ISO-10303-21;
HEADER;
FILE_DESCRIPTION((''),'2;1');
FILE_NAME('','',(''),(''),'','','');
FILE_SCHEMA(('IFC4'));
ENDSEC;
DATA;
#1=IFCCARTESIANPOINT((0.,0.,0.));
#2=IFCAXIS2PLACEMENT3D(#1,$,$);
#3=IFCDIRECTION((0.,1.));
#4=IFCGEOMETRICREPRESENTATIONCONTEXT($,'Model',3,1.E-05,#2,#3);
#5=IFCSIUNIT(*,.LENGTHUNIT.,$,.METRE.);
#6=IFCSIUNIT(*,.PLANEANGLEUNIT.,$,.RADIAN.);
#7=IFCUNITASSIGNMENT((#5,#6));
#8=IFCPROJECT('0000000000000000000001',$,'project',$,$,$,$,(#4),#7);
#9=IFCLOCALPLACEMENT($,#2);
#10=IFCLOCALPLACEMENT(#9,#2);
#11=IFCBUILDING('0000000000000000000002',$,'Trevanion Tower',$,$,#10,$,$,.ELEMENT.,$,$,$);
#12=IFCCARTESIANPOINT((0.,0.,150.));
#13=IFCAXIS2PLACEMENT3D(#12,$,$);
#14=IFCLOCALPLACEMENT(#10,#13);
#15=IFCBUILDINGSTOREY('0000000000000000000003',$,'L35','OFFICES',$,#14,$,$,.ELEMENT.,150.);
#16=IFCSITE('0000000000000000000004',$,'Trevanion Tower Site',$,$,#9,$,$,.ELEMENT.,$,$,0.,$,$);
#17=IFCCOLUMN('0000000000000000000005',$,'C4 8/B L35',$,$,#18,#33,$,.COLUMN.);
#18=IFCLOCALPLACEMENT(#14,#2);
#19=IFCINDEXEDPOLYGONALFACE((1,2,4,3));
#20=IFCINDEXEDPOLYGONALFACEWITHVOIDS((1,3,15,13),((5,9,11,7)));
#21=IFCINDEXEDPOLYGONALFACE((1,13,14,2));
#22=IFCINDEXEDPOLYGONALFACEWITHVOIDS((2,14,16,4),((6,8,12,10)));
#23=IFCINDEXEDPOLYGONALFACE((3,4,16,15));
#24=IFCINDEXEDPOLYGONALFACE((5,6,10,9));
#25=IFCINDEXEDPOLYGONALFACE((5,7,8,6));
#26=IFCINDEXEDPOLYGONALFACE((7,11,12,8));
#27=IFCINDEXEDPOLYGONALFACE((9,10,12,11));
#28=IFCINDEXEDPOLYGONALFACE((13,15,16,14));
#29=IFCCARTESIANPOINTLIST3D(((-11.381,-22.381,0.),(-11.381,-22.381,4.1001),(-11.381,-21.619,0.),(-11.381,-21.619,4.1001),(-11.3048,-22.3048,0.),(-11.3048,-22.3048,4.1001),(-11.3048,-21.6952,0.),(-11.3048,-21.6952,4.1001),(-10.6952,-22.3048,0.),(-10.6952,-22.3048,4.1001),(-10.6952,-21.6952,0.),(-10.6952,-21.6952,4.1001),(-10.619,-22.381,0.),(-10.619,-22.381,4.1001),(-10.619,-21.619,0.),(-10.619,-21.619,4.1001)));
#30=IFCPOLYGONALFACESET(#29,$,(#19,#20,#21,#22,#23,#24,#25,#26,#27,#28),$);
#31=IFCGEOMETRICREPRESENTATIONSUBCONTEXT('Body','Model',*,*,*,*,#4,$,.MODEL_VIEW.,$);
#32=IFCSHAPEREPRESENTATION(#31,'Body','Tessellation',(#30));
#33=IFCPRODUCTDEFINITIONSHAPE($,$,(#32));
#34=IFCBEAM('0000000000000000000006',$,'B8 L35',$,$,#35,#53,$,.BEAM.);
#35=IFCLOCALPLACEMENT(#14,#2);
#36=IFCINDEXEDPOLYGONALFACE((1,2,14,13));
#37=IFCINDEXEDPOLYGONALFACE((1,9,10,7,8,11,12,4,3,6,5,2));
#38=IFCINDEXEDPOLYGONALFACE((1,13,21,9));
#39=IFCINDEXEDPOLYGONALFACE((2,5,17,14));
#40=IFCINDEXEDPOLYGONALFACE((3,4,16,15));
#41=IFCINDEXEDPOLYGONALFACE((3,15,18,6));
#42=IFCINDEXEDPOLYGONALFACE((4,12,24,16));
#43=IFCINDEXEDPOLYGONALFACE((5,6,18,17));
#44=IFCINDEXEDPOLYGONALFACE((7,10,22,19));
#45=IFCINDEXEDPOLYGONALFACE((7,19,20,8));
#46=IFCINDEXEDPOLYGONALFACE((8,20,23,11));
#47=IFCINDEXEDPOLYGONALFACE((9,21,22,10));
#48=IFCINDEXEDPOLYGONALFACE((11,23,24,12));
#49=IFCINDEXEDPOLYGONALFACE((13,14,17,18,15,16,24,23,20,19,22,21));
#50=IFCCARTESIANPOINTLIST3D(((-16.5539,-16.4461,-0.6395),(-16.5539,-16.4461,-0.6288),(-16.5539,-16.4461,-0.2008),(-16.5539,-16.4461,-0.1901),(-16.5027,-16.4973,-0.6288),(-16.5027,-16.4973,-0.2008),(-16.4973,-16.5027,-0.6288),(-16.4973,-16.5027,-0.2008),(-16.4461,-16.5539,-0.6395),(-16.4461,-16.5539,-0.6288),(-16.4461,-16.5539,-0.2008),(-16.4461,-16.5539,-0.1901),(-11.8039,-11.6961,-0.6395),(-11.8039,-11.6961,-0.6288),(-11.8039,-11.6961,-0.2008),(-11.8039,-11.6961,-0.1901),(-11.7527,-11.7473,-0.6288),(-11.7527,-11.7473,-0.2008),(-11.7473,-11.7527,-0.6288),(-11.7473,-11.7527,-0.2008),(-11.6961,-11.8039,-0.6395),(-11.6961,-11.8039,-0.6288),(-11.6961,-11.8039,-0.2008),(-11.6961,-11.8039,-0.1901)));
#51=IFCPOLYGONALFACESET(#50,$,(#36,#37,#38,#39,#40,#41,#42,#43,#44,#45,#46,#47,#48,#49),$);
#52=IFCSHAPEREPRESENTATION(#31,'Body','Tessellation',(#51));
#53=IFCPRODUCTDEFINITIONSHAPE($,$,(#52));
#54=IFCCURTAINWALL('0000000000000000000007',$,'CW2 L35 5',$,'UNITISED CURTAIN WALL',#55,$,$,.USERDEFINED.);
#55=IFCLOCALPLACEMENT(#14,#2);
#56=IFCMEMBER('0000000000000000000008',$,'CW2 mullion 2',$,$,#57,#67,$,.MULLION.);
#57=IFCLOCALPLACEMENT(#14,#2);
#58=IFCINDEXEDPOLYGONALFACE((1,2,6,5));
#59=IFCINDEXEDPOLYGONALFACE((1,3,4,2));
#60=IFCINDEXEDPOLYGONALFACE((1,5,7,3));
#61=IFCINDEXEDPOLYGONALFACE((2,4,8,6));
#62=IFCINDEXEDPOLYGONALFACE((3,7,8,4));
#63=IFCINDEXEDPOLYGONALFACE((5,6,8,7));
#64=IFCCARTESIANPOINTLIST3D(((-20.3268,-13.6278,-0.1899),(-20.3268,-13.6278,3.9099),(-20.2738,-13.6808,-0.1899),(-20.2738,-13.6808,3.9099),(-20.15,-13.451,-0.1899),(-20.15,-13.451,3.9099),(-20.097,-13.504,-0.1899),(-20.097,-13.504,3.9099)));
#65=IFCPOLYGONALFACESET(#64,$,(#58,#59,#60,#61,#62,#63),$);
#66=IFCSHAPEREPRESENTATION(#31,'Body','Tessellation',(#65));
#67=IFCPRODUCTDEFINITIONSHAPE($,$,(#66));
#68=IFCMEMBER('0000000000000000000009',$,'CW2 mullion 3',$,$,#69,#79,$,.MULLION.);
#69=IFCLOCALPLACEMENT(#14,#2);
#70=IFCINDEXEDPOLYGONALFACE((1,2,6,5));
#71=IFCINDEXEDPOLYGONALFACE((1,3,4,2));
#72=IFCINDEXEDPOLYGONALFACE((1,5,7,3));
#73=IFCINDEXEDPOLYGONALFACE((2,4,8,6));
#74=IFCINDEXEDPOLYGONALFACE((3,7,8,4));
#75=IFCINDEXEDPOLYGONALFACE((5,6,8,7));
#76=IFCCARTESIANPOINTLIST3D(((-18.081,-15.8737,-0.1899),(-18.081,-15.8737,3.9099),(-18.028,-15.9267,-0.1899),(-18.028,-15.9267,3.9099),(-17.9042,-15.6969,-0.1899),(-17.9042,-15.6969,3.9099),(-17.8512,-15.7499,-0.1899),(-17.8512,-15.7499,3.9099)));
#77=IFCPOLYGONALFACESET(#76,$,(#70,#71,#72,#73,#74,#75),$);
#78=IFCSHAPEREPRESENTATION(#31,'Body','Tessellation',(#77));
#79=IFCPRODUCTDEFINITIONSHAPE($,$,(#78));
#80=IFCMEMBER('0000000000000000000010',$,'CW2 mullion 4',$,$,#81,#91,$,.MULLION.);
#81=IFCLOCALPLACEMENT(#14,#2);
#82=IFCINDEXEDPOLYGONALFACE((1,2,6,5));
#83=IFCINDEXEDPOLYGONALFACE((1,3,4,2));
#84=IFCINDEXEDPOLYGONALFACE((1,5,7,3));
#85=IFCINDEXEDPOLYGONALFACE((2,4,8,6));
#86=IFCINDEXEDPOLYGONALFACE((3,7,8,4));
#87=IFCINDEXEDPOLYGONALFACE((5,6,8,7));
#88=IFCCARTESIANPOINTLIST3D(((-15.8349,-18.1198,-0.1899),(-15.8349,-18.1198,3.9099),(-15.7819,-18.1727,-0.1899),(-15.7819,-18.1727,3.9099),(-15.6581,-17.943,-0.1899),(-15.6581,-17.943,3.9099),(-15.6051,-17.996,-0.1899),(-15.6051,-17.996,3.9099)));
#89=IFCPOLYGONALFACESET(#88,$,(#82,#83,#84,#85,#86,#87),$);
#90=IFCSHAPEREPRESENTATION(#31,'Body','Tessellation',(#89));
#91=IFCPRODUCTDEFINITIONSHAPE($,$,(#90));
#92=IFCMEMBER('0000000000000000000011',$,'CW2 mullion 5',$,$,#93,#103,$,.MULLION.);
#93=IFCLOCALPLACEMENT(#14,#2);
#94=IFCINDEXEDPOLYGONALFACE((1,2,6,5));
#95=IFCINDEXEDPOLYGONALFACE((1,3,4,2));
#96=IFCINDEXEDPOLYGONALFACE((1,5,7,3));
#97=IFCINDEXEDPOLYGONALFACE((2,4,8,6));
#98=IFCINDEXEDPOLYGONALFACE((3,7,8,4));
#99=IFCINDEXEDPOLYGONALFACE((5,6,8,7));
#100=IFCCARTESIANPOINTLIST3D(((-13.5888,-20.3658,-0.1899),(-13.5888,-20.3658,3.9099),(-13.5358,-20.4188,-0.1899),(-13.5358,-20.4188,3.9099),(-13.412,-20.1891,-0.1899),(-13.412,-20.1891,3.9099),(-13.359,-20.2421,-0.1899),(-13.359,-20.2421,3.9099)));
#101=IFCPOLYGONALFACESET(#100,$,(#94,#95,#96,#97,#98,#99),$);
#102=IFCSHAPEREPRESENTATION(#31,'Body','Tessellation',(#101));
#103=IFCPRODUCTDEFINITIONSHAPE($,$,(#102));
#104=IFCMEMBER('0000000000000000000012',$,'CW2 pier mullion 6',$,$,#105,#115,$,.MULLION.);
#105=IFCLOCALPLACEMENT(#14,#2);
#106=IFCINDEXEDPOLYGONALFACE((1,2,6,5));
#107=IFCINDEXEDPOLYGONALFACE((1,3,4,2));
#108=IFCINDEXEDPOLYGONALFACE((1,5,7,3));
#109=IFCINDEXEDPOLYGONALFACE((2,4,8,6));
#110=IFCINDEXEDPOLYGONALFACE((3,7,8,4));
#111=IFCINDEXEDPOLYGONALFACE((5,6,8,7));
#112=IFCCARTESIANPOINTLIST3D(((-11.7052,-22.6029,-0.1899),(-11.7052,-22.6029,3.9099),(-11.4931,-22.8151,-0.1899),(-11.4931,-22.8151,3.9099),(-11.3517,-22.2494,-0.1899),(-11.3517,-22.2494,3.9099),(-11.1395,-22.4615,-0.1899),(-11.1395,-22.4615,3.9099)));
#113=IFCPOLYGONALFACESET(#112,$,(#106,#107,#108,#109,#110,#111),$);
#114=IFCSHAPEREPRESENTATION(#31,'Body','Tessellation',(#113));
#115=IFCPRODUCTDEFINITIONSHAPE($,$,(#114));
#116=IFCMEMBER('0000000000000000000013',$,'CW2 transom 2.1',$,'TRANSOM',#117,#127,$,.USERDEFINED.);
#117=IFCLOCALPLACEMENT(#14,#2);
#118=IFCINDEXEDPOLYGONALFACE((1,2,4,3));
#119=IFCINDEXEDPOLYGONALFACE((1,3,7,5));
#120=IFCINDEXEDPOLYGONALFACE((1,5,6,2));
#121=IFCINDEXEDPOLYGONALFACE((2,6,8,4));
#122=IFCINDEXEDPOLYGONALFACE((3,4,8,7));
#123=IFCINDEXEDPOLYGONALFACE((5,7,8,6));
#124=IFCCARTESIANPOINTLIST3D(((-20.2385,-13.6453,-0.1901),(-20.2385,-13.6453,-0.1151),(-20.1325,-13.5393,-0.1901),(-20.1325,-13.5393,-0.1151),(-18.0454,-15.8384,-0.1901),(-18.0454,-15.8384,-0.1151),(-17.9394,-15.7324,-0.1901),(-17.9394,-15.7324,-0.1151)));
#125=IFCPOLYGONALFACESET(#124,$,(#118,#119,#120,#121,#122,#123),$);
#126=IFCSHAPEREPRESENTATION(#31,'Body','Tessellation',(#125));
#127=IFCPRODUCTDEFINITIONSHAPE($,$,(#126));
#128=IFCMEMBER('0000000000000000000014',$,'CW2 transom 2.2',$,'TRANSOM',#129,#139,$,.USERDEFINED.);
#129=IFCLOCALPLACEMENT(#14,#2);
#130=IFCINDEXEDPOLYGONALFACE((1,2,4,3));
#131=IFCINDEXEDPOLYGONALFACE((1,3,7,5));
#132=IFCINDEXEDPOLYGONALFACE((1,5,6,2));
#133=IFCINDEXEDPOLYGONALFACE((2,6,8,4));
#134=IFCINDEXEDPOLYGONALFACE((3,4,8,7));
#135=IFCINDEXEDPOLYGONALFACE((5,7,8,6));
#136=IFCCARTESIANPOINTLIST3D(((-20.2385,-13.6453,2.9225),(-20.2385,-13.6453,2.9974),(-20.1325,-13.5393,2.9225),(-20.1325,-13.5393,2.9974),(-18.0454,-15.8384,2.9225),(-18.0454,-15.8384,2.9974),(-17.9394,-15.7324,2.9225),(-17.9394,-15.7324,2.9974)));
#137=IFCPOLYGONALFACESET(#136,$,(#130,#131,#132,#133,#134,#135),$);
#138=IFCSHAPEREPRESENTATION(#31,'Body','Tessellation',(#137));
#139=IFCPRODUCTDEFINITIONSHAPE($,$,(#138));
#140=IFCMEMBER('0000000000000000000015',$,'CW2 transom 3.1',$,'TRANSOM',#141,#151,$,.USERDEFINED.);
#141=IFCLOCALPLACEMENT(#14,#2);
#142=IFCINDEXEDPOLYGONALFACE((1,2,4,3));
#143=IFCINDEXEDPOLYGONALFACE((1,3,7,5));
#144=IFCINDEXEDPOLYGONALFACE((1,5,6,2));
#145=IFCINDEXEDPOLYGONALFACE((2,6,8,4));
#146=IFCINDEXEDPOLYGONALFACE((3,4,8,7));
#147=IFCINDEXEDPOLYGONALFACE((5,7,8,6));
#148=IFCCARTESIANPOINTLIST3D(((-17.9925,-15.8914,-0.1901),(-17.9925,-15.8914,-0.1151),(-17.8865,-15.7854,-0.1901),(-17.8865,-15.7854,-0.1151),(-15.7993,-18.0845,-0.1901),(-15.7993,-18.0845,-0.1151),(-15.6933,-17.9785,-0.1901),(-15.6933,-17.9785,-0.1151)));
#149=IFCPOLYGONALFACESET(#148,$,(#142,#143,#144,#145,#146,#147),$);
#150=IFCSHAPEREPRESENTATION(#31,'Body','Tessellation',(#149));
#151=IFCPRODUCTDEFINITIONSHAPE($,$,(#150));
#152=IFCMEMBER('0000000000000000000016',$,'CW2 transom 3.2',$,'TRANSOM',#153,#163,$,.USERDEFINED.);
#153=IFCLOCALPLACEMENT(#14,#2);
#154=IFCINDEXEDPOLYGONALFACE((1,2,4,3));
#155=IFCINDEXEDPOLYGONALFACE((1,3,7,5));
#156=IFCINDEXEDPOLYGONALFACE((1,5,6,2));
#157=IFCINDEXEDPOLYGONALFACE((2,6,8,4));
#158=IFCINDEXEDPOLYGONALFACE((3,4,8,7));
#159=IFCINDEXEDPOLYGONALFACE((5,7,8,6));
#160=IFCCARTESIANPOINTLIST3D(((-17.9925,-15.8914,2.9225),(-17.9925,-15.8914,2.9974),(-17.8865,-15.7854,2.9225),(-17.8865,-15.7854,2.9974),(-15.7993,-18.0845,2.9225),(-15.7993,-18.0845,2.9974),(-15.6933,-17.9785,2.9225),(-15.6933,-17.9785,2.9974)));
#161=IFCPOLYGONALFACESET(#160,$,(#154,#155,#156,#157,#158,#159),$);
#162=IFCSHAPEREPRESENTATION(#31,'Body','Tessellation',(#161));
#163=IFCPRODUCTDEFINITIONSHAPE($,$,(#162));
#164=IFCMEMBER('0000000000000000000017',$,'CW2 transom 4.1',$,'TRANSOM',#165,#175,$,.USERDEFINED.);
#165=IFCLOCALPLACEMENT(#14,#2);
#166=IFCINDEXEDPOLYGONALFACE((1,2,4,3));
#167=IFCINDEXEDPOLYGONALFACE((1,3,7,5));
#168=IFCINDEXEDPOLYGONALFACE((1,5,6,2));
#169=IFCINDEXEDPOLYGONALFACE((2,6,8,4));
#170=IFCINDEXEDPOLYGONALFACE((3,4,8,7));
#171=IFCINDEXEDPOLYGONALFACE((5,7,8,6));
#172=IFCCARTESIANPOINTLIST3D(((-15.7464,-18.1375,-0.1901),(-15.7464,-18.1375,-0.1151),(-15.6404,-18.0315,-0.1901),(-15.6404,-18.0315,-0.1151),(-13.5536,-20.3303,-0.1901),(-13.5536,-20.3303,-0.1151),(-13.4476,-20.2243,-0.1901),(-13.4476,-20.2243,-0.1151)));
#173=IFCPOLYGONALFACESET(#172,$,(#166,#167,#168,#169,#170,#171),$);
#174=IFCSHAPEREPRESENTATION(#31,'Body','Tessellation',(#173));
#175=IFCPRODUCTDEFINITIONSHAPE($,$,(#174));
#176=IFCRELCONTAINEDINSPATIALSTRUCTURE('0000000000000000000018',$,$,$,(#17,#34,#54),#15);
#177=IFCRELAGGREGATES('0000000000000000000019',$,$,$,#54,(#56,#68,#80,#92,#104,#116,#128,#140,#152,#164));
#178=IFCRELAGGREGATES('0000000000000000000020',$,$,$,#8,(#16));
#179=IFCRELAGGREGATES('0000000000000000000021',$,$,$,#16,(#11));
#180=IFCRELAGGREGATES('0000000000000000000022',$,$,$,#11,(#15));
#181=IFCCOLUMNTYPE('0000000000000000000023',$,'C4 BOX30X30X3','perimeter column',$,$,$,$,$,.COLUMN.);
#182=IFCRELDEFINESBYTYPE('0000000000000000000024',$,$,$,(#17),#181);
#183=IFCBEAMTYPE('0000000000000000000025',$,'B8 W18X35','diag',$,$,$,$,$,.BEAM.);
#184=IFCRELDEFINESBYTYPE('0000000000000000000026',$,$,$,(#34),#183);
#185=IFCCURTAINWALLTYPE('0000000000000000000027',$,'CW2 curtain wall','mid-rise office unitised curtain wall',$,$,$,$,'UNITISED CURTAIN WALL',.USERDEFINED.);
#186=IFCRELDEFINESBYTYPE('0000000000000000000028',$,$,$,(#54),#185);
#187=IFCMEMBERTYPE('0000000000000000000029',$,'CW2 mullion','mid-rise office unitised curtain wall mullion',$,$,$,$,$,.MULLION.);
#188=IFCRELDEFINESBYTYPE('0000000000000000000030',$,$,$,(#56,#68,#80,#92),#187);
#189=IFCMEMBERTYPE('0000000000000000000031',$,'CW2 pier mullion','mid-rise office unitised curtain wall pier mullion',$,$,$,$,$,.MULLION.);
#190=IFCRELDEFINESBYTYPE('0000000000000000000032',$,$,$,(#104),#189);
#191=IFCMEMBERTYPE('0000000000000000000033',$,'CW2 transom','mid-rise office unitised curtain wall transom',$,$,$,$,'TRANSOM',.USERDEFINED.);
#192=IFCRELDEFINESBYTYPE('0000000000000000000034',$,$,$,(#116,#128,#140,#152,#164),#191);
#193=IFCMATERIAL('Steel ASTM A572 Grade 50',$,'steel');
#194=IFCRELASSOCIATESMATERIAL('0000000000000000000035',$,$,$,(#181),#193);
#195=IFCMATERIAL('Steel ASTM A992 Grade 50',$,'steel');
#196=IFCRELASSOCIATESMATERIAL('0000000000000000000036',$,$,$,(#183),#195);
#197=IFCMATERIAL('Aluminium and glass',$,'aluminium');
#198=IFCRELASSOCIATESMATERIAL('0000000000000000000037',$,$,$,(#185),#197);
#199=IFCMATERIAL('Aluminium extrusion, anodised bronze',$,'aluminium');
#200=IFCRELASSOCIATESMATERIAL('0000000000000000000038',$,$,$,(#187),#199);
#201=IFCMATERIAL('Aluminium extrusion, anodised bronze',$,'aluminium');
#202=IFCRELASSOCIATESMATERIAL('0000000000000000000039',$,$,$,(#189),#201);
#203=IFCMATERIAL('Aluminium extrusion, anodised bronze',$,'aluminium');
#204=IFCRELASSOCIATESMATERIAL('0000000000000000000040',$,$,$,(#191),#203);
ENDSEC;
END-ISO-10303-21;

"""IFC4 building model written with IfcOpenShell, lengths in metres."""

from ifc_helpers import new_model, si_unit, direction, frame, origin, origin_2d, place, context, subcontext, project, spatial, rectangle, hollow_rectangle, i_section, extrude, material, material_profile, profile_set, type_object, element, aggregate, save


model = new_model("IFC4")

# Units and contexts
model_context = context("Model", 3, precision=1e-05, world=origin(), true_north=direction((0.0, 1.0)))
body_context = subcontext(model_context, "Body", "Model", "MODEL_VIEW")
ifc_project = project(units=[si_unit("LENGTHUNIT", "METRE"), si_unit("PLANEANGLEUNIT", "RADIAN")], contexts=[model_context])

# Site, building, storey
site_placement = place(None, origin())
site = spatial("IfcSite", under=ifc_project, at=site_placement, Name="Trevanion Tower Site", CompositionType="ELEMENT", RefElevation=0.0)
building_placement = place(site_placement, origin())
building = spatial("IfcBuilding", under=site, at=building_placement, Name="Trevanion Tower", CompositionType="ELEMENT")
storey_placement = place(building_placement, frame((0.0, 0.0, 150.0)))
storey = spatial("IfcBuildingStorey", under=building, at=storey_placement, Name="L35", Description="OFFICES", CompositionType="ELEMENT", Elevation=150.0)

# Column
ifc_material_1 = material(Name="Steel ASTM A572 Grade 50", Category="steel")
ifc_material_profile_1 = material_profile(ifc_material_1, hollow_rectangle(XDim=0.762, YDim=0.762, WallThickness=0.0762, at=origin_2d()), Name="BOX30X30X3")
ifc_profile_set_1 = profile_set([ifc_material_profile_1], Name="Steel ASTM A572 Grade 50")
column_type = type_object("IfcColumnType", Name="C4 BOX30X30X3", Description="perimeter column", PredefinedType="COLUMN", material=ifc_profile_set_1)
column_placement = place(storey_placement, frame((-11.0, -22.0, 0.0), z_axis=(0.0, 0.0, 1.0), x_axis=(1.0, 0.0, 0.0)))
element("IfcColumn", 1, at=column_placement, inside=storey, type_object=column_type, Name="C4 8/B L35", PredefinedType="COLUMN", context=body_context, shape_type="SweptSolid", body=[
    extrude(hollow_rectangle(XDim=0.762, YDim=0.762, WallThickness=0.0762, at=origin_2d()), origin(), (0.0, 0.0, 1.0), 4.1001),
])

# Beam
ifc_material_2 = material(Name="Steel ASTM A992 Grade 50", Category="steel")
ifc_material_profile_2 = material_profile(ifc_material_2, i_section(OverallWidth=0.1523, OverallDepth=0.4495, WebThickness=0.0076, FlangeThickness=0.0107, at=origin_2d()), Name="W18X35")
ifc_profile_set_2 = profile_set([ifc_material_profile_2], Name="Steel ASTM A992 Grade 50")
beam_type_1 = type_object("IfcBeamType", Name="B8 W18X35", Description="diag", PredefinedType="BEAM", material=ifc_profile_set_2)
beam_1_placement = place(storey_placement, frame((-11.75, -11.75, -0.4148), z_axis=(-0.707107, -0.707107, 0.0), x_axis=(0.707107, -0.707107, 0.0)))
element("IfcBeam", 2, at=beam_1_placement, inside=storey, type_object=beam_type_1, Name="B8 L35", PredefinedType="BEAM", context=body_context, shape_type="SweptSolid", body=[
    extrude(i_section(OverallWidth=0.1523, OverallDepth=0.4495, WebThickness=0.0076, FlangeThickness=0.0107, at=origin_2d()), origin(), (0.0, 0.0, 1.0), 6.7175),
])

# Curtain wall, members
ifc_material_3 = material(Name="Aluminium and glass", Category="aluminium")
curtain_wall_type = type_object("IfcCurtainWallType", Name="CW2 curtain wall", Description="mid-rise office unitised curtain wall", ElementType="UNITISED CURTAIN WALL", PredefinedType="USERDEFINED", material=ifc_material_3)
curtain_wall_placement = place(storey_placement, origin())
curtain_wall = element("IfcCurtainWall", 3, at=curtain_wall_placement, inside=storey, type_object=curtain_wall_type, Name="CW2 L35 5", ObjectType="UNITISED CURTAIN WALL", PredefinedType="USERDEFINED")
ifc_material_4 = material(Name="Aluminium extrusion, anodised bronze", Category="aluminium")
ifc_material_profile_3 = material_profile(ifc_material_4, rectangle(XDim=0.075, YDim=0.25, at=origin_2d()), Name="CW2 mullion")
ifc_profile_set_3 = profile_set([ifc_material_profile_3], Name="Aluminium extrusion, anodised bronze")
member_type_1 = type_object("IfcMemberType", Name="CW2 mullion", Description="mid-rise office unitised curtain wall mullion", PredefinedType="MULLION", material=ifc_profile_set_3)
member_1_placement = place(storey_placement, frame((-20.2119, -13.5659, -0.1899), z_axis=(0.0, 0.0, 1.0), x_axis=(0.707107, -0.707107, 0.0)))
member_1 = element("IfcMember", 4, at=member_1_placement, type_object=member_type_1, Name="CW2 mullion 2", PredefinedType="MULLION", context=body_context, shape_type="SweptSolid", body=[
    extrude(rectangle(XDim=0.075, YDim=0.25, at=origin_2d()), origin(), (0.0, 0.0, 1.0), 4.0999),
])
member_2_placement = place(storey_placement, frame((-17.9661, -15.8118, -0.1899), z_axis=(0.0, 0.0, 1.0), x_axis=(0.707107, -0.707107, 0.0)))
member_2 = element("IfcMember", 5, at=member_2_placement, type_object=member_type_1, Name="CW2 mullion 3", PredefinedType="MULLION", context=body_context, shape_type="SweptSolid", body=[
    extrude(rectangle(XDim=0.075, YDim=0.25, at=origin_2d()), origin(), (0.0, 0.0, 1.0), 4.0999),
])
member_3_placement = place(storey_placement, frame((-15.72, -18.0579, -0.1899), z_axis=(0.0, 0.0, 1.0), x_axis=(0.707107, -0.707107, 0.0)))
member_3 = element("IfcMember", 6, at=member_3_placement, type_object=member_type_1, Name="CW2 mullion 4", PredefinedType="MULLION", context=body_context, shape_type="SweptSolid", body=[
    extrude(rectangle(XDim=0.075, YDim=0.25, at=origin_2d()), origin(), (0.0, 0.0, 1.0), 4.0999),
])
member_4_placement = place(storey_placement, frame((-13.4739, -20.304, -0.1899), z_axis=(0.0, 0.0, 1.0), x_axis=(0.707107, -0.707107, 0.0)))
member_4 = element("IfcMember", 7, at=member_4_placement, type_object=member_type_1, Name="CW2 mullion 5", PredefinedType="MULLION", context=body_context, shape_type="SweptSolid", body=[
    extrude(rectangle(XDim=0.075, YDim=0.25, at=origin_2d()), origin(), (0.0, 0.0, 1.0), 4.0999),
])
ifc_material_5 = material(Name="Aluminium extrusion, anodised bronze", Category="aluminium")
ifc_material_profile_4 = material_profile(ifc_material_5, rectangle(XDim=0.3, YDim=0.5, at=origin_2d()), Name="CW2 pier mullion")
ifc_profile_set_4 = profile_set([ifc_material_profile_4], Name="Aluminium extrusion, anodised bronze")
member_type_2 = type_object("IfcMemberType", Name="CW2 pier mullion", Description="mid-rise office unitised curtain wall pier mullion", PredefinedType="MULLION", material=ifc_profile_set_4)
member_5_placement = place(storey_placement, frame((-11.4224, -22.5322, -0.1899), z_axis=(0.0, 0.0, 1.0), x_axis=(0.707107, -0.707107, 0.0)))
member_5 = element("IfcMember", 8, at=member_5_placement, type_object=member_type_2, Name="CW2 pier mullion 6", PredefinedType="MULLION", context=body_context, shape_type="SweptSolid", body=[
    extrude(rectangle(XDim=0.3, YDim=0.5, at=origin_2d()), origin(), (0.0, 0.0, 1.0), 4.0999),
])
ifc_material_6 = material(Name="Aluminium extrusion, anodised bronze", Category="aluminium")
ifc_material_profile_5 = material_profile(ifc_material_6, rectangle(XDim=0.1499, YDim=0.075, at=origin_2d()), Name="CW2 transom")
ifc_profile_set_5 = profile_set([ifc_material_profile_5], Name="Aluminium extrusion, anodised bronze")
member_type_3 = type_object("IfcMemberType", Name="CW2 transom", Description="mid-rise office unitised curtain wall transom", ElementType="TRANSOM", PredefinedType="USERDEFINED", material=ifc_profile_set_5)
member_6_placement = place(storey_placement, frame((-20.1855, -13.5923, -0.1526), z_axis=(0.707107, -0.707107, 0.0), x_axis=(0.707107, 0.707107, 0.0)))
member_6 = element("IfcMember", 9, at=member_6_placement, type_object=member_type_3, Name="CW2 transom 2.1", ObjectType="TRANSOM", PredefinedType="USERDEFINED", context=body_context, shape_type="SweptSolid", body=[
    extrude(rectangle(XDim=0.1499, YDim=0.075, at=origin_2d()), origin(), (0.0, 0.0, 1.0), 3.1016),
])
member_7_placement = place(storey_placement, frame((-20.1855, -13.5923, 2.96), z_axis=(0.707107, -0.707107, 0.0), x_axis=(0.707107, 0.707107, 0.0)))
member_7 = element("IfcMember", 10, at=member_7_placement, type_object=member_type_3, Name="CW2 transom 2.2", ObjectType="TRANSOM", PredefinedType="USERDEFINED", context=body_context, shape_type="SweptSolid", body=[
    extrude(rectangle(XDim=0.1499, YDim=0.075, at=origin_2d()), origin(), (0.0, 0.0, 1.0), 3.1016),
])
member_8_placement = place(storey_placement, frame((-17.9395, -15.8384, -0.1526), z_axis=(0.707107, -0.707107, 0.0), x_axis=(0.707107, 0.707107, 0.0)))
member_8 = element("IfcMember", 11, at=member_8_placement, type_object=member_type_3, Name="CW2 transom 3.1", ObjectType="TRANSOM", PredefinedType="USERDEFINED", context=body_context, shape_type="SweptSolid", body=[
    extrude(rectangle(XDim=0.1499, YDim=0.075, at=origin_2d()), origin(), (0.0, 0.0, 1.0), 3.1016),
])
member_9_placement = place(storey_placement, frame((-17.9395, -15.8384, 2.96), z_axis=(0.707107, -0.707107, 0.0), x_axis=(0.707107, 0.707107, 0.0)))
member_9 = element("IfcMember", 12, at=member_9_placement, type_object=member_type_3, Name="CW2 transom 3.2", ObjectType="TRANSOM", PredefinedType="USERDEFINED", context=body_context, shape_type="SweptSolid", body=[
    extrude(rectangle(XDim=0.1499, YDim=0.075, at=origin_2d()), origin(), (0.0, 0.0, 1.0), 3.1016),
])
member_10_placement = place(storey_placement, frame((-15.6934, -18.0845, -0.1526), z_axis=(0.707107, -0.707107, 0.0), x_axis=(0.707107, 0.707107, 0.0)))
member_10 = element("IfcMember", 13, at=member_10_placement, type_object=member_type_3, Name="CW2 transom 4.1", ObjectType="TRANSOM", PredefinedType="USERDEFINED", context=body_context, shape_type="SweptSolid", body=[
    extrude(rectangle(XDim=0.1499, YDim=0.075, at=origin_2d()), origin(), (0.0, 0.0, 1.0), 3.1011),
])

aggregate(curtain_wall, [member_1, member_2, member_3, member_4, member_5, member_6, member_7, member_8, member_9, member_10])

save(model, "model.ifc")
